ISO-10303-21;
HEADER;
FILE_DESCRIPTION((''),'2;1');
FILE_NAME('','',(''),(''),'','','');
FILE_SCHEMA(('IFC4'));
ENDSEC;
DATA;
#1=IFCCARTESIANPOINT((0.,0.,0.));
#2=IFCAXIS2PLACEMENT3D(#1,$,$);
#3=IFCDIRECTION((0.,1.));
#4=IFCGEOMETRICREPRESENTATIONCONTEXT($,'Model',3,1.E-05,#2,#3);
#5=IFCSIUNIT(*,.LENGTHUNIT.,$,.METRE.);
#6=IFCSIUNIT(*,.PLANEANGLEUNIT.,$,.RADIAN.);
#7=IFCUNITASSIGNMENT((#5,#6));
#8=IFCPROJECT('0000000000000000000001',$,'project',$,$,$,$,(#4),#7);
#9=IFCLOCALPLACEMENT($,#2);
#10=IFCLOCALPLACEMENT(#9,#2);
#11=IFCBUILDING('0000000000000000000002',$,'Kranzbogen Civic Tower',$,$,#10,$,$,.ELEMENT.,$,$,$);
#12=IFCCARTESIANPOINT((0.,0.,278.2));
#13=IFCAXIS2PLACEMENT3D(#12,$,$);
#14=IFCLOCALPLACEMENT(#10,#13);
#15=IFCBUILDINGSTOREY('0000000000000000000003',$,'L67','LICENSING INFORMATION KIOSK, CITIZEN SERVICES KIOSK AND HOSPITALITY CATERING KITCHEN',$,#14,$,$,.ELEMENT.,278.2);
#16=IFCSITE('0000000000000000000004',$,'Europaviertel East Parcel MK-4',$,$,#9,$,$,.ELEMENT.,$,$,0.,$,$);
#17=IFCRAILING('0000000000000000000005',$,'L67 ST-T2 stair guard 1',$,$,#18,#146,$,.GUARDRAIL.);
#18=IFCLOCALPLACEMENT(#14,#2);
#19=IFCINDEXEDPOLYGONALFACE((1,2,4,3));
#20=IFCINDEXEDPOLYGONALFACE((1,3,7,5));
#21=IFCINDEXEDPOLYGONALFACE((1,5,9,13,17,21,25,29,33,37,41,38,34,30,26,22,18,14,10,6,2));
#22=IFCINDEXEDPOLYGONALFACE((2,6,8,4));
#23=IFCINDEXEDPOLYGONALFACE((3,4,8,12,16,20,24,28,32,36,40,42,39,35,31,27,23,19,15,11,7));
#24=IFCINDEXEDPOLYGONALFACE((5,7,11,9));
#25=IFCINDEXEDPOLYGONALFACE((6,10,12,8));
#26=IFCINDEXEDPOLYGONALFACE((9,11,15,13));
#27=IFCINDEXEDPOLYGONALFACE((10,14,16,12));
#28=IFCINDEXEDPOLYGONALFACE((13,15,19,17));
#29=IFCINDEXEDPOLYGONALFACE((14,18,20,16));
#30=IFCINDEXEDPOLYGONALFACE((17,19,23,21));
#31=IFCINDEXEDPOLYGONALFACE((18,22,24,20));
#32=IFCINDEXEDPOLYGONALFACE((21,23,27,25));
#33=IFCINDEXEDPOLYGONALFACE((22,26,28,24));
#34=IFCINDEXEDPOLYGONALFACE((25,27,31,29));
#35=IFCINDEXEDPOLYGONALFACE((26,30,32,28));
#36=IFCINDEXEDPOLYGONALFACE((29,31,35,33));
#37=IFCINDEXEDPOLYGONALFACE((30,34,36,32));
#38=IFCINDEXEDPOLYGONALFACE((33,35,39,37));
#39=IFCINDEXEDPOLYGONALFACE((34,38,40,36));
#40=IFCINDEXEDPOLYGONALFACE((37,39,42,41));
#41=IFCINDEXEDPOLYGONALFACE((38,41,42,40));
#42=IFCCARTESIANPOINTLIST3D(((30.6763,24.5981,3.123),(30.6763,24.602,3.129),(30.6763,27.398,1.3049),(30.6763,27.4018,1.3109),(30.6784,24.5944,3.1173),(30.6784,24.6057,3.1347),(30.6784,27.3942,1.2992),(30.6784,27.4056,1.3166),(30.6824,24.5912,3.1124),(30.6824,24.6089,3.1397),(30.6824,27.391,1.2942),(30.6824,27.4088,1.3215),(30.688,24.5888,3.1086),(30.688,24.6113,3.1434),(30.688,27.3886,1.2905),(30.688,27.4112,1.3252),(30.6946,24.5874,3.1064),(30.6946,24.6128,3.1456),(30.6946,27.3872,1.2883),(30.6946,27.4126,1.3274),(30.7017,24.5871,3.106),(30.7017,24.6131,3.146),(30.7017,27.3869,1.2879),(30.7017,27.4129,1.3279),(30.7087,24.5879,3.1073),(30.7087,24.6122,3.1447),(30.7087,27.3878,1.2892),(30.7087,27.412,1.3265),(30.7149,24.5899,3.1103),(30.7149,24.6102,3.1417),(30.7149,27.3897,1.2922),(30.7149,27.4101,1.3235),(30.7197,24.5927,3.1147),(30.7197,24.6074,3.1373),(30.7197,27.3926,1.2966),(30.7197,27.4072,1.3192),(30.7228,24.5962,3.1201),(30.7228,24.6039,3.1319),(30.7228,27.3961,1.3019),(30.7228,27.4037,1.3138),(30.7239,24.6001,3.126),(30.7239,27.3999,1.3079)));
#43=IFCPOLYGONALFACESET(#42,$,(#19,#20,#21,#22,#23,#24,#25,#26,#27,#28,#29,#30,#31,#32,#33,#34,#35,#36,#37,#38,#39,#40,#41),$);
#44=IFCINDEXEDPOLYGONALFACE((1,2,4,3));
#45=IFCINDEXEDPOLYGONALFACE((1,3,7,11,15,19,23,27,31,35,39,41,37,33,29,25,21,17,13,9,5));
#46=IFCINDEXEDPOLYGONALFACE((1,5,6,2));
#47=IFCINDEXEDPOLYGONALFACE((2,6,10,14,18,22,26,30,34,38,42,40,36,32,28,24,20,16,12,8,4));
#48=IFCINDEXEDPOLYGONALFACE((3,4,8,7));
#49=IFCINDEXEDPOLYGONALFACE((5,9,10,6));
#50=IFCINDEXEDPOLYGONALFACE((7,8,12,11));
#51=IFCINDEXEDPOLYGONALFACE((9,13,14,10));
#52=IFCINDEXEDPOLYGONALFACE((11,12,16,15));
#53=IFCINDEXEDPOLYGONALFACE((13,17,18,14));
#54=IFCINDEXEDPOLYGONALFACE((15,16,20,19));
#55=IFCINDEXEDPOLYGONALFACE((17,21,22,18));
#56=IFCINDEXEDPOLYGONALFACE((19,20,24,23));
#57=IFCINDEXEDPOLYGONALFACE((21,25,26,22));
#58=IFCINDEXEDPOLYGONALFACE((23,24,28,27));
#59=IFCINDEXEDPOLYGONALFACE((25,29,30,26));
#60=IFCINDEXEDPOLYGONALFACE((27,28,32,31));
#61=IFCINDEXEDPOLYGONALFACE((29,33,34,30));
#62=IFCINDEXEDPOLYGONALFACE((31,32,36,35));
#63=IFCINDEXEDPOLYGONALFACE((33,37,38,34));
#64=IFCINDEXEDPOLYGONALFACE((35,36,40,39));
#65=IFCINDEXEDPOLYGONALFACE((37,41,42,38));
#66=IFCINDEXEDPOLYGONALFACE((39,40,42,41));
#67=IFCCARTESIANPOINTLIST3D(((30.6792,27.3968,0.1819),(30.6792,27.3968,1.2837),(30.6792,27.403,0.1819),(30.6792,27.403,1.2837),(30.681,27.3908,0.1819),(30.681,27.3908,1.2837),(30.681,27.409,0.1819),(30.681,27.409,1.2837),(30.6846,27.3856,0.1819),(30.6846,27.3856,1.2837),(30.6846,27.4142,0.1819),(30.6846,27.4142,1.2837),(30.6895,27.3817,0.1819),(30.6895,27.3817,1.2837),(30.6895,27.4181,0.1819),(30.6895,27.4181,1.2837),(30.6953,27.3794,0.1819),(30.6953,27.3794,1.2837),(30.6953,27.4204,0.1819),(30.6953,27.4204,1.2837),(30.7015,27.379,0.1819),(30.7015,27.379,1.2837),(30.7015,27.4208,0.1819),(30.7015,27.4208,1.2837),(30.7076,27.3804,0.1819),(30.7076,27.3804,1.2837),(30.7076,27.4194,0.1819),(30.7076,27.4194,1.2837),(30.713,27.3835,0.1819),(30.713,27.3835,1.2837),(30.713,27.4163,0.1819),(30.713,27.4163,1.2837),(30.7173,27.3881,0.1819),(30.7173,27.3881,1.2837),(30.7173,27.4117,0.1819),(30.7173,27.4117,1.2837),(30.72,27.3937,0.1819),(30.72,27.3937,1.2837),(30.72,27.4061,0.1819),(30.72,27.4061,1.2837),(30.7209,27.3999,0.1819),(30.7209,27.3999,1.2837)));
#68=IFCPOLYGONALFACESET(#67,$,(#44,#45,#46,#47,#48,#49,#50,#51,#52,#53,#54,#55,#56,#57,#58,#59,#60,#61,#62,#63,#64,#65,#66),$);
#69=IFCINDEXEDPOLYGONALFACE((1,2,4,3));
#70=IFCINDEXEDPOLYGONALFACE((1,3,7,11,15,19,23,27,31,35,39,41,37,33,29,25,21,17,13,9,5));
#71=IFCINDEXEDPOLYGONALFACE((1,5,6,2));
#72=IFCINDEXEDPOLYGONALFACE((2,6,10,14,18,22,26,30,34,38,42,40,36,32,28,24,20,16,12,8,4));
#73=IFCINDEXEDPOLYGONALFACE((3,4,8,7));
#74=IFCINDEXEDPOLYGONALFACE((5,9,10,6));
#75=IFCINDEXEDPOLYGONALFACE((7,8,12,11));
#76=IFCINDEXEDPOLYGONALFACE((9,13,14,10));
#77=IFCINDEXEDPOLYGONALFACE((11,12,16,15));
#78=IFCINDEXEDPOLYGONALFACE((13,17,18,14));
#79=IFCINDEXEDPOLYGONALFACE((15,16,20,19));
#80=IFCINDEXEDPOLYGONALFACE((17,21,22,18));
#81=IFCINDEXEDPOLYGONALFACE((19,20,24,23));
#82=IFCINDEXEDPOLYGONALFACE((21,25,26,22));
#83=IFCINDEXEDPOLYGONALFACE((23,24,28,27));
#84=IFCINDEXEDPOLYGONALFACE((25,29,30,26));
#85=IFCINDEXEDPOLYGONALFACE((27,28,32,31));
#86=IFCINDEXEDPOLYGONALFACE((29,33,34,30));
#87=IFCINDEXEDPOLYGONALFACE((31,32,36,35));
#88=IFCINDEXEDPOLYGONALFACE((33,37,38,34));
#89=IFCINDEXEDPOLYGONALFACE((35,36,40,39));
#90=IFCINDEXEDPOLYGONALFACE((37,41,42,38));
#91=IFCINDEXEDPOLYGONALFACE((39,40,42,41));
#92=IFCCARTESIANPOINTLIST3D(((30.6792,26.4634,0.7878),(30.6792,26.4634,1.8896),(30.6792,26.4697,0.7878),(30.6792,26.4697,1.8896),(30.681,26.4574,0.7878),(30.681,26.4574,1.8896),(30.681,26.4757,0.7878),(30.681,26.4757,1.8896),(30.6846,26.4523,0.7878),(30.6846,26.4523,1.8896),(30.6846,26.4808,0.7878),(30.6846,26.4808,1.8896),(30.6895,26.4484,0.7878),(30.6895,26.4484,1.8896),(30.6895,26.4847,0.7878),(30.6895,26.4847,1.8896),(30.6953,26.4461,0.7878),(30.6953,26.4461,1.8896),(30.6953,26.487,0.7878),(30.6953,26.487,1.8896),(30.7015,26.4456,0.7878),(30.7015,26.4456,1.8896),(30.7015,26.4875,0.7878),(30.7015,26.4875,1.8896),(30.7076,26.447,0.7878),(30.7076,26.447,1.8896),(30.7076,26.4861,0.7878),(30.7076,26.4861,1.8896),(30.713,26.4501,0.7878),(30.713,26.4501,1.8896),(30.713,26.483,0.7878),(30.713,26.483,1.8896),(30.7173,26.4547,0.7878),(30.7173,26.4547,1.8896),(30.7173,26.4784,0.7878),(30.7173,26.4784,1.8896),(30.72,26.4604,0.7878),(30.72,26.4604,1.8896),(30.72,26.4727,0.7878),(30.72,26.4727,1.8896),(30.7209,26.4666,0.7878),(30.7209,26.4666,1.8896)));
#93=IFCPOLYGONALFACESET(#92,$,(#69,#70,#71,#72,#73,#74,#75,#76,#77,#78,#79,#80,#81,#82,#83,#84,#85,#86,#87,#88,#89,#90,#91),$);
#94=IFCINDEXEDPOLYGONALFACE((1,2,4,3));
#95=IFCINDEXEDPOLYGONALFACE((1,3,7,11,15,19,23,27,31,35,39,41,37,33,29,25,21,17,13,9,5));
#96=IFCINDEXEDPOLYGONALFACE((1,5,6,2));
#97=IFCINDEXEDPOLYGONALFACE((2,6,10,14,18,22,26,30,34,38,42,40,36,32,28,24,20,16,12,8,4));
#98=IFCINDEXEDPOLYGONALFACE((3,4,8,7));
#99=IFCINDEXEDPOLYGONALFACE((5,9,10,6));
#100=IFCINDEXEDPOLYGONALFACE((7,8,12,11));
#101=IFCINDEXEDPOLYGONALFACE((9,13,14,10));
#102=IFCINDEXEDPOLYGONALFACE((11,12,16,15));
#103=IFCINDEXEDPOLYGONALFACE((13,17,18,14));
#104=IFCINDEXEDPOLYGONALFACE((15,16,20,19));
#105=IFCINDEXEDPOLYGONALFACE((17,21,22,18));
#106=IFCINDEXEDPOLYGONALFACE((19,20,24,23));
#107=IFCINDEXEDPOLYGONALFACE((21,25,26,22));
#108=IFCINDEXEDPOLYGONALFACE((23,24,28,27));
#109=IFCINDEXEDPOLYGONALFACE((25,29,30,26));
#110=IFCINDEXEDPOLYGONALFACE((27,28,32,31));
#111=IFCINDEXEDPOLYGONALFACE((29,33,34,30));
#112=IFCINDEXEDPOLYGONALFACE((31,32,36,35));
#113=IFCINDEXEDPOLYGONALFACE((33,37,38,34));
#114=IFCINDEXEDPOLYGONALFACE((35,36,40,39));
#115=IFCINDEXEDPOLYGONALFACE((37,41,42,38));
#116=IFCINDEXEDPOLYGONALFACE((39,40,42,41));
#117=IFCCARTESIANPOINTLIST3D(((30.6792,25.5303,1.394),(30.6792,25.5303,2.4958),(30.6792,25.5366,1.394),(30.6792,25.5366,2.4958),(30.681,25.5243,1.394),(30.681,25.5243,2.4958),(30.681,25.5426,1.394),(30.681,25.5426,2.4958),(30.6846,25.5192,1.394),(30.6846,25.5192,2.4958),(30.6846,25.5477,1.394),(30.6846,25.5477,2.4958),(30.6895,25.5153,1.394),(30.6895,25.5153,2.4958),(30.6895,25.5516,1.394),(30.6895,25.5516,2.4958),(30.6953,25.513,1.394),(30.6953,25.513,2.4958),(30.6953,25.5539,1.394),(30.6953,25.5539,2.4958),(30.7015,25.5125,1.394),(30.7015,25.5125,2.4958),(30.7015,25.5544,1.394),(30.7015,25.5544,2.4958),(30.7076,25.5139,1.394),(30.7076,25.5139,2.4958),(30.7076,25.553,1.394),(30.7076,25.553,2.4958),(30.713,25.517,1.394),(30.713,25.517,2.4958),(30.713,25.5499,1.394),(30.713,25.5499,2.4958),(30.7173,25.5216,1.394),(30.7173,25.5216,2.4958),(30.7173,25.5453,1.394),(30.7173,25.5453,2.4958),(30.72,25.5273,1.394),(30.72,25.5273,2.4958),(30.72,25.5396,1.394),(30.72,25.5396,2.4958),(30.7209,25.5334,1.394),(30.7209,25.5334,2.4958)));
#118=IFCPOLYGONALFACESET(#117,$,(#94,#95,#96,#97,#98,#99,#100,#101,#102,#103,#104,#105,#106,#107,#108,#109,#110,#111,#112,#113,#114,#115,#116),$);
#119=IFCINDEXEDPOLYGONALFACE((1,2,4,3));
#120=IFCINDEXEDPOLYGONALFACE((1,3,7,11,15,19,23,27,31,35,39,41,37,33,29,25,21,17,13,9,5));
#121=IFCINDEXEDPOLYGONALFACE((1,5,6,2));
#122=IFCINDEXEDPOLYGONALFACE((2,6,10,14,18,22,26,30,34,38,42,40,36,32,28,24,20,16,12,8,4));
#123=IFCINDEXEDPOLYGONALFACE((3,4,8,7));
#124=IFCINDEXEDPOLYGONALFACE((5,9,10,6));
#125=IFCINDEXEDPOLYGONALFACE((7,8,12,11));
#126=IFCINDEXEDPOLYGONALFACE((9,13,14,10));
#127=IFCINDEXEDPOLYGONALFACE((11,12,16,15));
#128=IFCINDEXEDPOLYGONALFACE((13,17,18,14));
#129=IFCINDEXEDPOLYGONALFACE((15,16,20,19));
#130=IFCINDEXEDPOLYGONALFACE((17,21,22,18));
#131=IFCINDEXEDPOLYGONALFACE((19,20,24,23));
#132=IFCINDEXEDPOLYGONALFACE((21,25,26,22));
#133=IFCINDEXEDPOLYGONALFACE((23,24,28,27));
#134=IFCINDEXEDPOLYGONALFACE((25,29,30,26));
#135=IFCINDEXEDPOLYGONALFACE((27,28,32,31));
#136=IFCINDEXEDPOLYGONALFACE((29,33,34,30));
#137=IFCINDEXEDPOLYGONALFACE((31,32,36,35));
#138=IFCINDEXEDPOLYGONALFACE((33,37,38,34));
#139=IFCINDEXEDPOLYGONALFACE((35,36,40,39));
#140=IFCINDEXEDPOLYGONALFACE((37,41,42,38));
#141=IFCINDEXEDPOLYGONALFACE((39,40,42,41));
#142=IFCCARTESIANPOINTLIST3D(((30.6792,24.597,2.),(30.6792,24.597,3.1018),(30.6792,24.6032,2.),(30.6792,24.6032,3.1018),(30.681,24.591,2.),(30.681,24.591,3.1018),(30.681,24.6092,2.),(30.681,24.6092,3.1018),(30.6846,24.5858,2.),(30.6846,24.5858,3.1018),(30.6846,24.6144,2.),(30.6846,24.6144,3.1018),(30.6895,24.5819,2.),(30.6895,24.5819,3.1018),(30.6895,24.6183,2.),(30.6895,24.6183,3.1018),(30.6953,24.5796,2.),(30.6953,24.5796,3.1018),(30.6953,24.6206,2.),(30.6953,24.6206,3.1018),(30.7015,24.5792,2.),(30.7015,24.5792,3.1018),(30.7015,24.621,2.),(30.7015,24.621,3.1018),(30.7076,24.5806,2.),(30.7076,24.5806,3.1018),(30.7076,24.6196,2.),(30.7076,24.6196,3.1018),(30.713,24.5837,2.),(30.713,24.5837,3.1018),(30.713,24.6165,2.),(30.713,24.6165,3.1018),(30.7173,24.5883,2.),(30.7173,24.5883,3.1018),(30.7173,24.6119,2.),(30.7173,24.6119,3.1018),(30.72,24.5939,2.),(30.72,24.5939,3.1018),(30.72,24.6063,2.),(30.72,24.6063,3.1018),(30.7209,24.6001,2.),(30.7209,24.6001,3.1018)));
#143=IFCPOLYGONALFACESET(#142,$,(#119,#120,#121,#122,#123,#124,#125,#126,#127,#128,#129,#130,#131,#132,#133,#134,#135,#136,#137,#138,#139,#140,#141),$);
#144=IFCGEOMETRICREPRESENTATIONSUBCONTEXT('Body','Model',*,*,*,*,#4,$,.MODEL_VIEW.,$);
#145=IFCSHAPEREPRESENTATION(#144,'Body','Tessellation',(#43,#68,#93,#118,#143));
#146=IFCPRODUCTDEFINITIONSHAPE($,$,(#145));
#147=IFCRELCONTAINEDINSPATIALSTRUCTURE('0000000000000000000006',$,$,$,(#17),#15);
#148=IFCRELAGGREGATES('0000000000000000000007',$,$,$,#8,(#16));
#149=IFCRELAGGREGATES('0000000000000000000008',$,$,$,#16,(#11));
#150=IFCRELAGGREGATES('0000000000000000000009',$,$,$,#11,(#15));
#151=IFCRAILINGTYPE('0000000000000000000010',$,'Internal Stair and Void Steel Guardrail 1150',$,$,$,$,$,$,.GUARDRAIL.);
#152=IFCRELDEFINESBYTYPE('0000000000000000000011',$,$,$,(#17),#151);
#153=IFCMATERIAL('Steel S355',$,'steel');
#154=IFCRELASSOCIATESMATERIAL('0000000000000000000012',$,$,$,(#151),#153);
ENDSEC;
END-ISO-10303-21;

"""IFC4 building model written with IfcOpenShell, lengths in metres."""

from ifc_helpers import new_model, si_unit, direction, frame, origin, origin_2d, place, context, subcontext, project, spatial, circle, extrude, material, type_object, element, save


model = new_model("IFC4")

# Units and contexts
model_context = context("Model", 3, precision=1e-05, world=origin(), true_north=direction((0.0, 1.0)))
body_context = subcontext(model_context, "Body", "Model", "MODEL_VIEW")
ifc_project = project(units=[si_unit("LENGTHUNIT", "METRE"), si_unit("PLANEANGLEUNIT", "RADIAN")], contexts=[model_context])

# Site, building, storey
site_placement = place(None, origin())
site = spatial("IfcSite", under=ifc_project, at=site_placement, Name="Europaviertel East Parcel MK-4", CompositionType="ELEMENT", RefElevation=0.0)
building_placement = place(site_placement, origin())
building = spatial("IfcBuilding", under=site, at=building_placement, Name="Kranzbogen Civic Tower", CompositionType="ELEMENT")
storey_placement = place(building_placement, frame((0.0, 0.0, 278.2)))
storey = spatial("IfcBuildingStorey", under=building, at=storey_placement, Name="L67", Description="LICENSING INFORMATION KIOSK, CITIZEN SERVICES KIOSK AND HOSPITALITY CATERING KITCHEN", CompositionType="ELEMENT", Elevation=278.2)

# Shared definitions
ifc_material_1 = material(Name="Steel S355", Category="steel")

# Railing
railing_type_1 = type_object("IfcRailingType", Name="Internal Stair and Void Steel Guardrail 1150", PredefinedType="GUARDRAIL", material=ifc_material_1)
railing_1_placement = place(storey_placement, frame((30.7, 27.3999, 0.1819)))
element("IfcRailing", 1, at=railing_1_placement, inside=storey, type_object=railing_type_1, Name="L67 ST-T2 stair guard 1", PredefinedType="GUARDRAIL", context=body_context, shape_type="SweptSolid", body=[
    extrude(circle(Radius=0.0239, at=origin_2d()), frame((0.0, 0.0, 1.126), z_axis=(0.0, -0.838684, 0.544618), x_axis=(1.0, 0.0, 0.0)), (0.0, 0.0, 1.0), 3.3384),
    extrude(circle(Radius=0.021, at=origin_2d()), origin(), (0.0, 0.0, 1.0), 1.1018),
    extrude(circle(Radius=0.021, at=origin_2d()), frame((0.0, -0.9333, 0.606)), (0.0, 0.0, 1.0), 1.1018),
    extrude(circle(Radius=0.021, at=origin_2d()), frame((0.0, -1.8665, 1.2122)), (0.0, 0.0, 1.0), 1.1018),
    extrude(circle(Radius=0.021, at=origin_2d()), frame((0.0, -2.7998, 1.8181)), (0.0, 0.0, 1.0), 1.1018),
])

save(model, "model.ifc")
